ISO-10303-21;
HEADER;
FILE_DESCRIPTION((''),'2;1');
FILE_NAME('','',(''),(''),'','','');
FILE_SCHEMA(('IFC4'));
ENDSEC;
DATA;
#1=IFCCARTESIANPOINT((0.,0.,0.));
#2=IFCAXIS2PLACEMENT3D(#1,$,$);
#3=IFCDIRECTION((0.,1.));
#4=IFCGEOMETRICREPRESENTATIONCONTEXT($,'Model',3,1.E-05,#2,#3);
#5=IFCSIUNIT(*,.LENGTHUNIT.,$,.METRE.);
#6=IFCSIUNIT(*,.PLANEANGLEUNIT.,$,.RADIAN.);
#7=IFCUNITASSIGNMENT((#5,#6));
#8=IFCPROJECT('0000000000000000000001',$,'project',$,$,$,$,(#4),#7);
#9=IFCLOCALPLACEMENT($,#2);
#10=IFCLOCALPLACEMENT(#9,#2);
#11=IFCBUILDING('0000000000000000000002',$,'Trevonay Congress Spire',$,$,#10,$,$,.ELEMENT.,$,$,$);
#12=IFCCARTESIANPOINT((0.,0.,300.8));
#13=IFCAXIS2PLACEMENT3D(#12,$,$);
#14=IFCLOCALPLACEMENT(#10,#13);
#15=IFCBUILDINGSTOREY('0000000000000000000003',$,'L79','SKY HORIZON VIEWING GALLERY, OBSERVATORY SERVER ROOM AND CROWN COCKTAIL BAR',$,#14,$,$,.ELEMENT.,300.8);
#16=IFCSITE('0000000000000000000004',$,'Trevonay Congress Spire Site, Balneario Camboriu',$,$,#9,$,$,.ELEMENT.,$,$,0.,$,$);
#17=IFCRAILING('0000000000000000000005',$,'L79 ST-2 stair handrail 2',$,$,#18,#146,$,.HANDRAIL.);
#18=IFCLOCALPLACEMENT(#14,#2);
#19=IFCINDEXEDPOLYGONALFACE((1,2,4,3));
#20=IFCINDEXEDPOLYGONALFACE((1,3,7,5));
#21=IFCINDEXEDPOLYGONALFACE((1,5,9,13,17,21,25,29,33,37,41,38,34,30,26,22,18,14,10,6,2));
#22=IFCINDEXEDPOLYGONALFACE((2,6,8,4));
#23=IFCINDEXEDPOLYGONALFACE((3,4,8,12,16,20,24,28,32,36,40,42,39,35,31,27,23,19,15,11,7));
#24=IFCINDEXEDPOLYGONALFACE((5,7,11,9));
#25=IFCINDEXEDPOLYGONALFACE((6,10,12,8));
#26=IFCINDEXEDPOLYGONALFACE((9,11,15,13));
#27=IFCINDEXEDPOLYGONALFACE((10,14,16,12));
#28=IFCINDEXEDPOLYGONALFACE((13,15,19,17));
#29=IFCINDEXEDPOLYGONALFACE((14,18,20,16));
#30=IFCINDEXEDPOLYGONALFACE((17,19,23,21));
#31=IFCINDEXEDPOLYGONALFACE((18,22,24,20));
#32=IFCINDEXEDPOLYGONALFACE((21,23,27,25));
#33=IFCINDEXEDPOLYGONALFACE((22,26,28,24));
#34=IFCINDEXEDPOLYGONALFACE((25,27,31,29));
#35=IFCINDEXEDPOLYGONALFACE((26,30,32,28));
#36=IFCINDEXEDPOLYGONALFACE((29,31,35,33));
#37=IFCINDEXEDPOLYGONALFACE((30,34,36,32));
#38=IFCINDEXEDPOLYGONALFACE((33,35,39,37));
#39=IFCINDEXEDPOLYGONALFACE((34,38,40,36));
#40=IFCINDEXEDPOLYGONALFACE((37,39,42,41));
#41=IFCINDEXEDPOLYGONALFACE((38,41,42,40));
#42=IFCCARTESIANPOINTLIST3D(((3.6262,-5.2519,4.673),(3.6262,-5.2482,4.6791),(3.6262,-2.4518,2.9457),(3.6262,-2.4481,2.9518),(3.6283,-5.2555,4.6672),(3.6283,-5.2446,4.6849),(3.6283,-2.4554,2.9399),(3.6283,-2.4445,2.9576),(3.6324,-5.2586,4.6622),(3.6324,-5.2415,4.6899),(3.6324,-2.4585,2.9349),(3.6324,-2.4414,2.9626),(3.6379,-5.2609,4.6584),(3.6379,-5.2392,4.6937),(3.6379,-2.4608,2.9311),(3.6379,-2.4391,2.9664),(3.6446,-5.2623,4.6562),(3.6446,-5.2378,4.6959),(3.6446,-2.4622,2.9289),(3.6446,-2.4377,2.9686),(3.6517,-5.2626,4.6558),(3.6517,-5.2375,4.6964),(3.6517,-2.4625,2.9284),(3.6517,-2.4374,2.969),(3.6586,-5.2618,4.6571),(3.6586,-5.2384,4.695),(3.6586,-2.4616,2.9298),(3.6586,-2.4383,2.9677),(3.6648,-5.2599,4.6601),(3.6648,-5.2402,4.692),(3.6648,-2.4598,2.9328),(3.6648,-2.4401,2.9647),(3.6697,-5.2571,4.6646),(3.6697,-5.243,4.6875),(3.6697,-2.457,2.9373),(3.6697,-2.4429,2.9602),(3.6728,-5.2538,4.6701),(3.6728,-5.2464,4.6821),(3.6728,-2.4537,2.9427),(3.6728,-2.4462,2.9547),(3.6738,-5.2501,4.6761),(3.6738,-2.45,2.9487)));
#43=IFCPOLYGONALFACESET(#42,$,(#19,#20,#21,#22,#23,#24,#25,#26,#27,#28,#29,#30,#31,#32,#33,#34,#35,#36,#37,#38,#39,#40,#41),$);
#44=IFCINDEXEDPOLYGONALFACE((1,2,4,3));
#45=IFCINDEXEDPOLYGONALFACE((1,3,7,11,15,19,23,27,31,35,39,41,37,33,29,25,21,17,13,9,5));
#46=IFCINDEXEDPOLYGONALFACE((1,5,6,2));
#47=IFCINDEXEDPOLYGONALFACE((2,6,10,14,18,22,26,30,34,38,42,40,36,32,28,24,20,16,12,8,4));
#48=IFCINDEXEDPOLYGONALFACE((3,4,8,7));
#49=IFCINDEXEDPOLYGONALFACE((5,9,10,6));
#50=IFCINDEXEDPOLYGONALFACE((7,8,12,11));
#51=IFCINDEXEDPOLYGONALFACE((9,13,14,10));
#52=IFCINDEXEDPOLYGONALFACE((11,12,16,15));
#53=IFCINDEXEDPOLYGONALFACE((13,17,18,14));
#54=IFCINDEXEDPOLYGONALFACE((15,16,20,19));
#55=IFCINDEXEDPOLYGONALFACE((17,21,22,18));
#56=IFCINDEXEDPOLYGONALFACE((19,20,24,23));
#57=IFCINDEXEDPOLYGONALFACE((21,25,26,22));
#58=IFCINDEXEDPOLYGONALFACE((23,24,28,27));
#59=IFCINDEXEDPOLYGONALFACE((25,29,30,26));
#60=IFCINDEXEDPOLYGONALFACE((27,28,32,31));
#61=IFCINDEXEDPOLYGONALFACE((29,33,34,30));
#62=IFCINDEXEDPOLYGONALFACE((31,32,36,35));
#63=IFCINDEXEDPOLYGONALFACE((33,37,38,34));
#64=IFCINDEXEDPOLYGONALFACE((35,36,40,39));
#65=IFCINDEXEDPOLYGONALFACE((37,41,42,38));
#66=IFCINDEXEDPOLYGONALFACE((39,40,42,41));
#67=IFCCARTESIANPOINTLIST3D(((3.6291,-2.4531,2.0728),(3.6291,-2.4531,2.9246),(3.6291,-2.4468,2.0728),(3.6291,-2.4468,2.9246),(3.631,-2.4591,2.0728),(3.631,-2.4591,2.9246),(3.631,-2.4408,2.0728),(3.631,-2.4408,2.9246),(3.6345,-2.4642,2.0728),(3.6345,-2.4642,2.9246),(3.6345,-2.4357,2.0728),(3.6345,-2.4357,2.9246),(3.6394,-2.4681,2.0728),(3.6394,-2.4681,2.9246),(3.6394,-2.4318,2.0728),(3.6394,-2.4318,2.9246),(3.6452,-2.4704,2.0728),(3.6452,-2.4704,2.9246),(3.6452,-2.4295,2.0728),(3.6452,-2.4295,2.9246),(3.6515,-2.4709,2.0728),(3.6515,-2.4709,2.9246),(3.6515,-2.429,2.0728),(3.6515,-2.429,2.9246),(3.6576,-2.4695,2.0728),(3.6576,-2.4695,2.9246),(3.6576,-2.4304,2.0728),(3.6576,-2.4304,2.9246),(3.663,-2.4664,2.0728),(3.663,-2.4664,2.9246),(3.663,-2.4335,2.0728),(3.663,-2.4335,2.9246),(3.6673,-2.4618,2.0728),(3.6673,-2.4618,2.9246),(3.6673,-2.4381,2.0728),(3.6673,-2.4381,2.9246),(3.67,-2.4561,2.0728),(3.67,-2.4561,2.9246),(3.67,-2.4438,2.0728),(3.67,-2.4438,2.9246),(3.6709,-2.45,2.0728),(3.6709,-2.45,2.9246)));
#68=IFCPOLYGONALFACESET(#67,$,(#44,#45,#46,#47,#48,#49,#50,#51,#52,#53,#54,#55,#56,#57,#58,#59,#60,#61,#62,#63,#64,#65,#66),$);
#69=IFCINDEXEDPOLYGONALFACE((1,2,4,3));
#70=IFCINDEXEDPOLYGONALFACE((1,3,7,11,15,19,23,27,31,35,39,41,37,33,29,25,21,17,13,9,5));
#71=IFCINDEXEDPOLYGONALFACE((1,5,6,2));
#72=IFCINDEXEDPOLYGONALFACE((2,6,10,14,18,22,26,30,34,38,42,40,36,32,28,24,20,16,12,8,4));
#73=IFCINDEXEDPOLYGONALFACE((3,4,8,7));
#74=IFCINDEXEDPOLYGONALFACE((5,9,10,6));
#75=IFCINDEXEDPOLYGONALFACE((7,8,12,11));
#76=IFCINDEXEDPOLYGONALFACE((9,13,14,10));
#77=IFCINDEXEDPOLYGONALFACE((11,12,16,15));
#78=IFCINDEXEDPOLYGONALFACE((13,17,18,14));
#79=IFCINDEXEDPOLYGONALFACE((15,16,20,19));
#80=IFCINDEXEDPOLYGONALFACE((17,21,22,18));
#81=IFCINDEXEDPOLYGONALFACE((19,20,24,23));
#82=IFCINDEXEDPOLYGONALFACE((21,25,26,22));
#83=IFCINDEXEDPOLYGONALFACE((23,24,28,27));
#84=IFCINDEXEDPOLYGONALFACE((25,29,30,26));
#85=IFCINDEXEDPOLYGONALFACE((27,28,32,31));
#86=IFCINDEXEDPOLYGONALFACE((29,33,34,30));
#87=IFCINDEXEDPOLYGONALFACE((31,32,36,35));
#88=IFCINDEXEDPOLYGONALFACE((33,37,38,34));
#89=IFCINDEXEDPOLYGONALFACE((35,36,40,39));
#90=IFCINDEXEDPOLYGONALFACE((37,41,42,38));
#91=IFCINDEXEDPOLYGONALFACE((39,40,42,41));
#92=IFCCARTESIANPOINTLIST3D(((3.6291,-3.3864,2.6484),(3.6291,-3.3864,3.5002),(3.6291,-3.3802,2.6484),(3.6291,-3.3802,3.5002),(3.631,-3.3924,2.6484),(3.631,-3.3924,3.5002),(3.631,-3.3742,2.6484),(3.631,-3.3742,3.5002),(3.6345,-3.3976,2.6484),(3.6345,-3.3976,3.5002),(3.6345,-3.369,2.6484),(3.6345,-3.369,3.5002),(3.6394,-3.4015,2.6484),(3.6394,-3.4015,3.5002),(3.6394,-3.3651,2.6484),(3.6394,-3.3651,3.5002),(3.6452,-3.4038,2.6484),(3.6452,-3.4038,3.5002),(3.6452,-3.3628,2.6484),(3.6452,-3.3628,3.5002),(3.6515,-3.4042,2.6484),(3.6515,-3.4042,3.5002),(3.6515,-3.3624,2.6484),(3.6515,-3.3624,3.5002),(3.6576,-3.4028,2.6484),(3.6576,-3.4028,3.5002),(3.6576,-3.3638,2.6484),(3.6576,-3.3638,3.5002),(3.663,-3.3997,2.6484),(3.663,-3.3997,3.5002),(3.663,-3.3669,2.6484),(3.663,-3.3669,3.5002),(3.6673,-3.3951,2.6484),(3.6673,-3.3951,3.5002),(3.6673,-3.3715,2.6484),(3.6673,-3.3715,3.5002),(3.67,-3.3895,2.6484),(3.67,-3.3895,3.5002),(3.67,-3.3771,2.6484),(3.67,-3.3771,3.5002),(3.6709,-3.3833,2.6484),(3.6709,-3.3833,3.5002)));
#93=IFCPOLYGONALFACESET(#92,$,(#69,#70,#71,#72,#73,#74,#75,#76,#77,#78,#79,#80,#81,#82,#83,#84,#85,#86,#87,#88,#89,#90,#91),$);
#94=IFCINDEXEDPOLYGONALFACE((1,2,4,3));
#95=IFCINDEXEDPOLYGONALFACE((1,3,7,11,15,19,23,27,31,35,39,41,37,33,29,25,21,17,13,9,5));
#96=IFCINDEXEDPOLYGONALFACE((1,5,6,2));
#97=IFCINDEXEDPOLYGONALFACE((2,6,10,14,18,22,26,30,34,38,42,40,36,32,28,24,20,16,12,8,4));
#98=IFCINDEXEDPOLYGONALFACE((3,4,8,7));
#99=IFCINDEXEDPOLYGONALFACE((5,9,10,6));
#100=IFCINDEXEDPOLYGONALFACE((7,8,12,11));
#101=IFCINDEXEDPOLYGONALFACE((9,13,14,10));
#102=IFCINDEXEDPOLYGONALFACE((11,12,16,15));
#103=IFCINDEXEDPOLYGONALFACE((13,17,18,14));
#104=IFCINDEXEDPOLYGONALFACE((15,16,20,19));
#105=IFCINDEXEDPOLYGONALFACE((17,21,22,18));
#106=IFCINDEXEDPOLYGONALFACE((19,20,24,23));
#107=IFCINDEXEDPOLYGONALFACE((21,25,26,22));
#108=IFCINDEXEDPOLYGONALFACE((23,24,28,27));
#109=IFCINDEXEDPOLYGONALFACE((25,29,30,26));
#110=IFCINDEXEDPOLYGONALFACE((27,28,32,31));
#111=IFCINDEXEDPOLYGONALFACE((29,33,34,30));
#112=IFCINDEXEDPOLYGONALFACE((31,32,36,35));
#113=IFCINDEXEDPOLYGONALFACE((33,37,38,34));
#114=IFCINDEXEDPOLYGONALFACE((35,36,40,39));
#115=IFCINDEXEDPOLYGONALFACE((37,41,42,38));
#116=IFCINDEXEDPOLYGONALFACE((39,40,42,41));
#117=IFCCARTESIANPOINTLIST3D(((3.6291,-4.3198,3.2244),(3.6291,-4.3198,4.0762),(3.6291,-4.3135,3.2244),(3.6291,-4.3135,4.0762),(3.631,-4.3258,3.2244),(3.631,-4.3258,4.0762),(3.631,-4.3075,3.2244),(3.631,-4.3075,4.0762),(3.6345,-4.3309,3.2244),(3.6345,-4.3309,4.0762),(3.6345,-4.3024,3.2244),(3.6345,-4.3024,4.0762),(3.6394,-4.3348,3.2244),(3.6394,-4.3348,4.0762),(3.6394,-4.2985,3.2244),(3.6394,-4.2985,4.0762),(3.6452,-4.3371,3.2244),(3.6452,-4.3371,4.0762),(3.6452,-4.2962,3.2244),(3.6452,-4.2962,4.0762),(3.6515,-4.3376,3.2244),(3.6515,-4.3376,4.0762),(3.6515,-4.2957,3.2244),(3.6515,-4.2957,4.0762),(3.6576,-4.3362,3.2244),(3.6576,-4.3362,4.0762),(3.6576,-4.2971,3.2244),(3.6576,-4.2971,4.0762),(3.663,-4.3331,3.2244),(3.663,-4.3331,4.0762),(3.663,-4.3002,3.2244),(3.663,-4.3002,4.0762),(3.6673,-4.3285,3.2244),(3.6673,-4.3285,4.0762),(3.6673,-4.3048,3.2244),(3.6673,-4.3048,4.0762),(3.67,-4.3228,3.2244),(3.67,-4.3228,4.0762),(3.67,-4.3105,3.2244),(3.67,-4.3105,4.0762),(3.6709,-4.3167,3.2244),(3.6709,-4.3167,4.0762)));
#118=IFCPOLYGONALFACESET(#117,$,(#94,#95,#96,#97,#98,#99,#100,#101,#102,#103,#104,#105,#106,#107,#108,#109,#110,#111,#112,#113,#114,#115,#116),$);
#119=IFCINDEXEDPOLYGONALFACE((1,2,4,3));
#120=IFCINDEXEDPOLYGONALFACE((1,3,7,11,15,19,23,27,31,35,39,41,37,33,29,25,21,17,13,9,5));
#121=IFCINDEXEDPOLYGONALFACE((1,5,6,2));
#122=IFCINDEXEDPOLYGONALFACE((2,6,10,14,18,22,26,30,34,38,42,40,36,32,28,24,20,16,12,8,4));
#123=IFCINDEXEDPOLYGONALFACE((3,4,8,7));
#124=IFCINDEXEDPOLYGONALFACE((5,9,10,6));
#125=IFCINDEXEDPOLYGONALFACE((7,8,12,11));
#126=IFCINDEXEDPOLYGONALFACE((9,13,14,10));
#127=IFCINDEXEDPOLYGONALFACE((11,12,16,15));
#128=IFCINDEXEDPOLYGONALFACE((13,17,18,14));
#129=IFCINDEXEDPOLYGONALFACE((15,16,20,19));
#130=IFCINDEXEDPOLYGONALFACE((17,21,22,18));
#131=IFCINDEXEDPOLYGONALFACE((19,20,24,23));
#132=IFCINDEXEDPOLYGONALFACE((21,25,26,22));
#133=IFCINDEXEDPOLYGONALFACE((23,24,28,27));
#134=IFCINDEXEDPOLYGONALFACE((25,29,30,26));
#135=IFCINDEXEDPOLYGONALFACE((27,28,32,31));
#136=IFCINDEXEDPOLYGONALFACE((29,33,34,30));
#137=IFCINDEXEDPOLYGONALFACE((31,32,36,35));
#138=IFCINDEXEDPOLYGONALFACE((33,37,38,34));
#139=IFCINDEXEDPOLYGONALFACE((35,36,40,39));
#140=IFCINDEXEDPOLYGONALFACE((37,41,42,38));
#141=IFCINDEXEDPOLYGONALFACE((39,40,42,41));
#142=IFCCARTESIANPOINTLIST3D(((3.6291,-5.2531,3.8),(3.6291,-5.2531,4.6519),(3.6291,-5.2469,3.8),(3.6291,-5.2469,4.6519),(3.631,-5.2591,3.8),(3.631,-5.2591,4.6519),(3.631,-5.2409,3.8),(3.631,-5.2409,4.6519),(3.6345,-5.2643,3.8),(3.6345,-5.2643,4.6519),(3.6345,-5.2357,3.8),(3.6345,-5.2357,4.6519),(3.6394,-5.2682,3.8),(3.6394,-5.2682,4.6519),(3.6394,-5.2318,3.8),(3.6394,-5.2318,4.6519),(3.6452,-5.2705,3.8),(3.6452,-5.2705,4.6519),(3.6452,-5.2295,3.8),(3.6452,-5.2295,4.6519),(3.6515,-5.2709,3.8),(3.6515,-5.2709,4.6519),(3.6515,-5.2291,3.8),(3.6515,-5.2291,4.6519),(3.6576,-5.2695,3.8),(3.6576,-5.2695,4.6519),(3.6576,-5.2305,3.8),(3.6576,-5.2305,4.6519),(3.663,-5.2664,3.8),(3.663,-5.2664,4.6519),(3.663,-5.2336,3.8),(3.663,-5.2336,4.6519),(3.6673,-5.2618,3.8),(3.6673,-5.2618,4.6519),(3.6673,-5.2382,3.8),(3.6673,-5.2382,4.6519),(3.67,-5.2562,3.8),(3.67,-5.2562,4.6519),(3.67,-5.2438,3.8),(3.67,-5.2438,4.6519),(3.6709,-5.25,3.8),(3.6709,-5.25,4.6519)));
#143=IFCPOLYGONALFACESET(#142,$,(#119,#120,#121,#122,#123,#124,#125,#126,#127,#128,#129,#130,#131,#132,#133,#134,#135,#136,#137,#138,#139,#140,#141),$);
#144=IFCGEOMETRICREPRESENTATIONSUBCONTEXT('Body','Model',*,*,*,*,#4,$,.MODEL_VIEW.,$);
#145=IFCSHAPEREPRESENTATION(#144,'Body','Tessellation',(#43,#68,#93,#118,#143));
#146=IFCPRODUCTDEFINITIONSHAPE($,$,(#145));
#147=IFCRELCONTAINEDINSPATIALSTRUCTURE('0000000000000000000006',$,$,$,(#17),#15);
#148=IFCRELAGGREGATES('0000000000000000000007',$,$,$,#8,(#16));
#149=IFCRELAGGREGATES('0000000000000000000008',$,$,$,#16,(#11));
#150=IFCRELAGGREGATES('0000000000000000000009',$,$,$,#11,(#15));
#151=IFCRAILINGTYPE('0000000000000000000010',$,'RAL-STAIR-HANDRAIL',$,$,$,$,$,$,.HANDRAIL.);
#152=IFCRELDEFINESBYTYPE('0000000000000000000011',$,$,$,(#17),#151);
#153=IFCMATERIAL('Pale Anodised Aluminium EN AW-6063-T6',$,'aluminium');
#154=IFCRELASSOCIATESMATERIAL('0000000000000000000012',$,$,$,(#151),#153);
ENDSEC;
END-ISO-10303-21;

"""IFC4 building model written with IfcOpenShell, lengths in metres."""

from ifc_helpers import new_model, si_unit, direction, frame, origin, origin_2d, place, context, subcontext, project, spatial, circle, extrude, material, type_object, element, save


model = new_model("IFC4")

# Units and contexts
model_context = context("Model", 3, precision=1e-05, world=origin(), true_north=direction((0.0, 1.0)))
body_context = subcontext(model_context, "Body", "Model", "MODEL_VIEW")
ifc_project = project(units=[si_unit("LENGTHUNIT", "METRE"), si_unit("PLANEANGLEUNIT", "RADIAN")], contexts=[model_context])

# Site, building, storey
site_placement = place(None, origin())
site = spatial("IfcSite", under=ifc_project, at=site_placement, Name="Trevonay Congress Spire Site, Balneario Camboriu", CompositionType="ELEMENT", RefElevation=0.0)
building_placement = place(site_placement, origin())
building = spatial("IfcBuilding", under=site, at=building_placement, Name="Trevonay Congress Spire", CompositionType="ELEMENT")
storey_placement = place(building_placement, frame((0.0, 0.0, 300.8)))
storey = spatial("IfcBuildingStorey", under=building, at=storey_placement, Name="L79", Description="SKY HORIZON VIEWING GALLERY, OBSERVATORY SERVER ROOM AND CROWN COCKTAIL BAR", CompositionType="ELEMENT", Elevation=300.8)

# Railing
ifc_material_1 = material(Name="Pale Anodised Aluminium EN AW-6063-T6", Category="aluminium")
railing_type_1 = type_object("IfcRailingType", Name="RAL-STAIR-HANDRAIL", PredefinedType="HANDRAIL", material=ifc_material_1)
railing_1_placement = place(storey_placement, frame((3.6499, -2.45, 2.0728)))
element("IfcRailing", 1, at=railing_1_placement, inside=storey, type_object=railing_type_1, Name="L79 ST-2 stair handrail 2", PredefinedType="HANDRAIL", context=body_context, shape_type="SweptSolid", body=[
    extrude(circle(Radius=0.0239, at=origin_2d()), frame((0.0, 0.0, 0.876), z_axis=(0.0, -0.85109, 0.52502), x_axis=(1.0, 0.0, 0.0)), (0.0, 0.0, 1.0), 3.29),
    extrude(circle(Radius=0.021, at=origin_2d()), origin(), (0.0, 0.0, 1.0), 0.8518),
    extrude(circle(Radius=0.021, at=origin_2d()), frame((0.0, -0.9333, 0.5757)), (0.0, 0.0, 1.0), 0.8518),
    extrude(circle(Radius=0.021, at=origin_2d()), frame((0.0, -1.8667, 1.1516)), (0.0, 0.0, 1.0), 0.8518),
    extrude(circle(Radius=0.021, at=origin_2d()), frame((0.0, -2.8, 1.7273)), (0.0, 0.0, 1.0), 0.8518),
])

save(model, "model.ifc")
